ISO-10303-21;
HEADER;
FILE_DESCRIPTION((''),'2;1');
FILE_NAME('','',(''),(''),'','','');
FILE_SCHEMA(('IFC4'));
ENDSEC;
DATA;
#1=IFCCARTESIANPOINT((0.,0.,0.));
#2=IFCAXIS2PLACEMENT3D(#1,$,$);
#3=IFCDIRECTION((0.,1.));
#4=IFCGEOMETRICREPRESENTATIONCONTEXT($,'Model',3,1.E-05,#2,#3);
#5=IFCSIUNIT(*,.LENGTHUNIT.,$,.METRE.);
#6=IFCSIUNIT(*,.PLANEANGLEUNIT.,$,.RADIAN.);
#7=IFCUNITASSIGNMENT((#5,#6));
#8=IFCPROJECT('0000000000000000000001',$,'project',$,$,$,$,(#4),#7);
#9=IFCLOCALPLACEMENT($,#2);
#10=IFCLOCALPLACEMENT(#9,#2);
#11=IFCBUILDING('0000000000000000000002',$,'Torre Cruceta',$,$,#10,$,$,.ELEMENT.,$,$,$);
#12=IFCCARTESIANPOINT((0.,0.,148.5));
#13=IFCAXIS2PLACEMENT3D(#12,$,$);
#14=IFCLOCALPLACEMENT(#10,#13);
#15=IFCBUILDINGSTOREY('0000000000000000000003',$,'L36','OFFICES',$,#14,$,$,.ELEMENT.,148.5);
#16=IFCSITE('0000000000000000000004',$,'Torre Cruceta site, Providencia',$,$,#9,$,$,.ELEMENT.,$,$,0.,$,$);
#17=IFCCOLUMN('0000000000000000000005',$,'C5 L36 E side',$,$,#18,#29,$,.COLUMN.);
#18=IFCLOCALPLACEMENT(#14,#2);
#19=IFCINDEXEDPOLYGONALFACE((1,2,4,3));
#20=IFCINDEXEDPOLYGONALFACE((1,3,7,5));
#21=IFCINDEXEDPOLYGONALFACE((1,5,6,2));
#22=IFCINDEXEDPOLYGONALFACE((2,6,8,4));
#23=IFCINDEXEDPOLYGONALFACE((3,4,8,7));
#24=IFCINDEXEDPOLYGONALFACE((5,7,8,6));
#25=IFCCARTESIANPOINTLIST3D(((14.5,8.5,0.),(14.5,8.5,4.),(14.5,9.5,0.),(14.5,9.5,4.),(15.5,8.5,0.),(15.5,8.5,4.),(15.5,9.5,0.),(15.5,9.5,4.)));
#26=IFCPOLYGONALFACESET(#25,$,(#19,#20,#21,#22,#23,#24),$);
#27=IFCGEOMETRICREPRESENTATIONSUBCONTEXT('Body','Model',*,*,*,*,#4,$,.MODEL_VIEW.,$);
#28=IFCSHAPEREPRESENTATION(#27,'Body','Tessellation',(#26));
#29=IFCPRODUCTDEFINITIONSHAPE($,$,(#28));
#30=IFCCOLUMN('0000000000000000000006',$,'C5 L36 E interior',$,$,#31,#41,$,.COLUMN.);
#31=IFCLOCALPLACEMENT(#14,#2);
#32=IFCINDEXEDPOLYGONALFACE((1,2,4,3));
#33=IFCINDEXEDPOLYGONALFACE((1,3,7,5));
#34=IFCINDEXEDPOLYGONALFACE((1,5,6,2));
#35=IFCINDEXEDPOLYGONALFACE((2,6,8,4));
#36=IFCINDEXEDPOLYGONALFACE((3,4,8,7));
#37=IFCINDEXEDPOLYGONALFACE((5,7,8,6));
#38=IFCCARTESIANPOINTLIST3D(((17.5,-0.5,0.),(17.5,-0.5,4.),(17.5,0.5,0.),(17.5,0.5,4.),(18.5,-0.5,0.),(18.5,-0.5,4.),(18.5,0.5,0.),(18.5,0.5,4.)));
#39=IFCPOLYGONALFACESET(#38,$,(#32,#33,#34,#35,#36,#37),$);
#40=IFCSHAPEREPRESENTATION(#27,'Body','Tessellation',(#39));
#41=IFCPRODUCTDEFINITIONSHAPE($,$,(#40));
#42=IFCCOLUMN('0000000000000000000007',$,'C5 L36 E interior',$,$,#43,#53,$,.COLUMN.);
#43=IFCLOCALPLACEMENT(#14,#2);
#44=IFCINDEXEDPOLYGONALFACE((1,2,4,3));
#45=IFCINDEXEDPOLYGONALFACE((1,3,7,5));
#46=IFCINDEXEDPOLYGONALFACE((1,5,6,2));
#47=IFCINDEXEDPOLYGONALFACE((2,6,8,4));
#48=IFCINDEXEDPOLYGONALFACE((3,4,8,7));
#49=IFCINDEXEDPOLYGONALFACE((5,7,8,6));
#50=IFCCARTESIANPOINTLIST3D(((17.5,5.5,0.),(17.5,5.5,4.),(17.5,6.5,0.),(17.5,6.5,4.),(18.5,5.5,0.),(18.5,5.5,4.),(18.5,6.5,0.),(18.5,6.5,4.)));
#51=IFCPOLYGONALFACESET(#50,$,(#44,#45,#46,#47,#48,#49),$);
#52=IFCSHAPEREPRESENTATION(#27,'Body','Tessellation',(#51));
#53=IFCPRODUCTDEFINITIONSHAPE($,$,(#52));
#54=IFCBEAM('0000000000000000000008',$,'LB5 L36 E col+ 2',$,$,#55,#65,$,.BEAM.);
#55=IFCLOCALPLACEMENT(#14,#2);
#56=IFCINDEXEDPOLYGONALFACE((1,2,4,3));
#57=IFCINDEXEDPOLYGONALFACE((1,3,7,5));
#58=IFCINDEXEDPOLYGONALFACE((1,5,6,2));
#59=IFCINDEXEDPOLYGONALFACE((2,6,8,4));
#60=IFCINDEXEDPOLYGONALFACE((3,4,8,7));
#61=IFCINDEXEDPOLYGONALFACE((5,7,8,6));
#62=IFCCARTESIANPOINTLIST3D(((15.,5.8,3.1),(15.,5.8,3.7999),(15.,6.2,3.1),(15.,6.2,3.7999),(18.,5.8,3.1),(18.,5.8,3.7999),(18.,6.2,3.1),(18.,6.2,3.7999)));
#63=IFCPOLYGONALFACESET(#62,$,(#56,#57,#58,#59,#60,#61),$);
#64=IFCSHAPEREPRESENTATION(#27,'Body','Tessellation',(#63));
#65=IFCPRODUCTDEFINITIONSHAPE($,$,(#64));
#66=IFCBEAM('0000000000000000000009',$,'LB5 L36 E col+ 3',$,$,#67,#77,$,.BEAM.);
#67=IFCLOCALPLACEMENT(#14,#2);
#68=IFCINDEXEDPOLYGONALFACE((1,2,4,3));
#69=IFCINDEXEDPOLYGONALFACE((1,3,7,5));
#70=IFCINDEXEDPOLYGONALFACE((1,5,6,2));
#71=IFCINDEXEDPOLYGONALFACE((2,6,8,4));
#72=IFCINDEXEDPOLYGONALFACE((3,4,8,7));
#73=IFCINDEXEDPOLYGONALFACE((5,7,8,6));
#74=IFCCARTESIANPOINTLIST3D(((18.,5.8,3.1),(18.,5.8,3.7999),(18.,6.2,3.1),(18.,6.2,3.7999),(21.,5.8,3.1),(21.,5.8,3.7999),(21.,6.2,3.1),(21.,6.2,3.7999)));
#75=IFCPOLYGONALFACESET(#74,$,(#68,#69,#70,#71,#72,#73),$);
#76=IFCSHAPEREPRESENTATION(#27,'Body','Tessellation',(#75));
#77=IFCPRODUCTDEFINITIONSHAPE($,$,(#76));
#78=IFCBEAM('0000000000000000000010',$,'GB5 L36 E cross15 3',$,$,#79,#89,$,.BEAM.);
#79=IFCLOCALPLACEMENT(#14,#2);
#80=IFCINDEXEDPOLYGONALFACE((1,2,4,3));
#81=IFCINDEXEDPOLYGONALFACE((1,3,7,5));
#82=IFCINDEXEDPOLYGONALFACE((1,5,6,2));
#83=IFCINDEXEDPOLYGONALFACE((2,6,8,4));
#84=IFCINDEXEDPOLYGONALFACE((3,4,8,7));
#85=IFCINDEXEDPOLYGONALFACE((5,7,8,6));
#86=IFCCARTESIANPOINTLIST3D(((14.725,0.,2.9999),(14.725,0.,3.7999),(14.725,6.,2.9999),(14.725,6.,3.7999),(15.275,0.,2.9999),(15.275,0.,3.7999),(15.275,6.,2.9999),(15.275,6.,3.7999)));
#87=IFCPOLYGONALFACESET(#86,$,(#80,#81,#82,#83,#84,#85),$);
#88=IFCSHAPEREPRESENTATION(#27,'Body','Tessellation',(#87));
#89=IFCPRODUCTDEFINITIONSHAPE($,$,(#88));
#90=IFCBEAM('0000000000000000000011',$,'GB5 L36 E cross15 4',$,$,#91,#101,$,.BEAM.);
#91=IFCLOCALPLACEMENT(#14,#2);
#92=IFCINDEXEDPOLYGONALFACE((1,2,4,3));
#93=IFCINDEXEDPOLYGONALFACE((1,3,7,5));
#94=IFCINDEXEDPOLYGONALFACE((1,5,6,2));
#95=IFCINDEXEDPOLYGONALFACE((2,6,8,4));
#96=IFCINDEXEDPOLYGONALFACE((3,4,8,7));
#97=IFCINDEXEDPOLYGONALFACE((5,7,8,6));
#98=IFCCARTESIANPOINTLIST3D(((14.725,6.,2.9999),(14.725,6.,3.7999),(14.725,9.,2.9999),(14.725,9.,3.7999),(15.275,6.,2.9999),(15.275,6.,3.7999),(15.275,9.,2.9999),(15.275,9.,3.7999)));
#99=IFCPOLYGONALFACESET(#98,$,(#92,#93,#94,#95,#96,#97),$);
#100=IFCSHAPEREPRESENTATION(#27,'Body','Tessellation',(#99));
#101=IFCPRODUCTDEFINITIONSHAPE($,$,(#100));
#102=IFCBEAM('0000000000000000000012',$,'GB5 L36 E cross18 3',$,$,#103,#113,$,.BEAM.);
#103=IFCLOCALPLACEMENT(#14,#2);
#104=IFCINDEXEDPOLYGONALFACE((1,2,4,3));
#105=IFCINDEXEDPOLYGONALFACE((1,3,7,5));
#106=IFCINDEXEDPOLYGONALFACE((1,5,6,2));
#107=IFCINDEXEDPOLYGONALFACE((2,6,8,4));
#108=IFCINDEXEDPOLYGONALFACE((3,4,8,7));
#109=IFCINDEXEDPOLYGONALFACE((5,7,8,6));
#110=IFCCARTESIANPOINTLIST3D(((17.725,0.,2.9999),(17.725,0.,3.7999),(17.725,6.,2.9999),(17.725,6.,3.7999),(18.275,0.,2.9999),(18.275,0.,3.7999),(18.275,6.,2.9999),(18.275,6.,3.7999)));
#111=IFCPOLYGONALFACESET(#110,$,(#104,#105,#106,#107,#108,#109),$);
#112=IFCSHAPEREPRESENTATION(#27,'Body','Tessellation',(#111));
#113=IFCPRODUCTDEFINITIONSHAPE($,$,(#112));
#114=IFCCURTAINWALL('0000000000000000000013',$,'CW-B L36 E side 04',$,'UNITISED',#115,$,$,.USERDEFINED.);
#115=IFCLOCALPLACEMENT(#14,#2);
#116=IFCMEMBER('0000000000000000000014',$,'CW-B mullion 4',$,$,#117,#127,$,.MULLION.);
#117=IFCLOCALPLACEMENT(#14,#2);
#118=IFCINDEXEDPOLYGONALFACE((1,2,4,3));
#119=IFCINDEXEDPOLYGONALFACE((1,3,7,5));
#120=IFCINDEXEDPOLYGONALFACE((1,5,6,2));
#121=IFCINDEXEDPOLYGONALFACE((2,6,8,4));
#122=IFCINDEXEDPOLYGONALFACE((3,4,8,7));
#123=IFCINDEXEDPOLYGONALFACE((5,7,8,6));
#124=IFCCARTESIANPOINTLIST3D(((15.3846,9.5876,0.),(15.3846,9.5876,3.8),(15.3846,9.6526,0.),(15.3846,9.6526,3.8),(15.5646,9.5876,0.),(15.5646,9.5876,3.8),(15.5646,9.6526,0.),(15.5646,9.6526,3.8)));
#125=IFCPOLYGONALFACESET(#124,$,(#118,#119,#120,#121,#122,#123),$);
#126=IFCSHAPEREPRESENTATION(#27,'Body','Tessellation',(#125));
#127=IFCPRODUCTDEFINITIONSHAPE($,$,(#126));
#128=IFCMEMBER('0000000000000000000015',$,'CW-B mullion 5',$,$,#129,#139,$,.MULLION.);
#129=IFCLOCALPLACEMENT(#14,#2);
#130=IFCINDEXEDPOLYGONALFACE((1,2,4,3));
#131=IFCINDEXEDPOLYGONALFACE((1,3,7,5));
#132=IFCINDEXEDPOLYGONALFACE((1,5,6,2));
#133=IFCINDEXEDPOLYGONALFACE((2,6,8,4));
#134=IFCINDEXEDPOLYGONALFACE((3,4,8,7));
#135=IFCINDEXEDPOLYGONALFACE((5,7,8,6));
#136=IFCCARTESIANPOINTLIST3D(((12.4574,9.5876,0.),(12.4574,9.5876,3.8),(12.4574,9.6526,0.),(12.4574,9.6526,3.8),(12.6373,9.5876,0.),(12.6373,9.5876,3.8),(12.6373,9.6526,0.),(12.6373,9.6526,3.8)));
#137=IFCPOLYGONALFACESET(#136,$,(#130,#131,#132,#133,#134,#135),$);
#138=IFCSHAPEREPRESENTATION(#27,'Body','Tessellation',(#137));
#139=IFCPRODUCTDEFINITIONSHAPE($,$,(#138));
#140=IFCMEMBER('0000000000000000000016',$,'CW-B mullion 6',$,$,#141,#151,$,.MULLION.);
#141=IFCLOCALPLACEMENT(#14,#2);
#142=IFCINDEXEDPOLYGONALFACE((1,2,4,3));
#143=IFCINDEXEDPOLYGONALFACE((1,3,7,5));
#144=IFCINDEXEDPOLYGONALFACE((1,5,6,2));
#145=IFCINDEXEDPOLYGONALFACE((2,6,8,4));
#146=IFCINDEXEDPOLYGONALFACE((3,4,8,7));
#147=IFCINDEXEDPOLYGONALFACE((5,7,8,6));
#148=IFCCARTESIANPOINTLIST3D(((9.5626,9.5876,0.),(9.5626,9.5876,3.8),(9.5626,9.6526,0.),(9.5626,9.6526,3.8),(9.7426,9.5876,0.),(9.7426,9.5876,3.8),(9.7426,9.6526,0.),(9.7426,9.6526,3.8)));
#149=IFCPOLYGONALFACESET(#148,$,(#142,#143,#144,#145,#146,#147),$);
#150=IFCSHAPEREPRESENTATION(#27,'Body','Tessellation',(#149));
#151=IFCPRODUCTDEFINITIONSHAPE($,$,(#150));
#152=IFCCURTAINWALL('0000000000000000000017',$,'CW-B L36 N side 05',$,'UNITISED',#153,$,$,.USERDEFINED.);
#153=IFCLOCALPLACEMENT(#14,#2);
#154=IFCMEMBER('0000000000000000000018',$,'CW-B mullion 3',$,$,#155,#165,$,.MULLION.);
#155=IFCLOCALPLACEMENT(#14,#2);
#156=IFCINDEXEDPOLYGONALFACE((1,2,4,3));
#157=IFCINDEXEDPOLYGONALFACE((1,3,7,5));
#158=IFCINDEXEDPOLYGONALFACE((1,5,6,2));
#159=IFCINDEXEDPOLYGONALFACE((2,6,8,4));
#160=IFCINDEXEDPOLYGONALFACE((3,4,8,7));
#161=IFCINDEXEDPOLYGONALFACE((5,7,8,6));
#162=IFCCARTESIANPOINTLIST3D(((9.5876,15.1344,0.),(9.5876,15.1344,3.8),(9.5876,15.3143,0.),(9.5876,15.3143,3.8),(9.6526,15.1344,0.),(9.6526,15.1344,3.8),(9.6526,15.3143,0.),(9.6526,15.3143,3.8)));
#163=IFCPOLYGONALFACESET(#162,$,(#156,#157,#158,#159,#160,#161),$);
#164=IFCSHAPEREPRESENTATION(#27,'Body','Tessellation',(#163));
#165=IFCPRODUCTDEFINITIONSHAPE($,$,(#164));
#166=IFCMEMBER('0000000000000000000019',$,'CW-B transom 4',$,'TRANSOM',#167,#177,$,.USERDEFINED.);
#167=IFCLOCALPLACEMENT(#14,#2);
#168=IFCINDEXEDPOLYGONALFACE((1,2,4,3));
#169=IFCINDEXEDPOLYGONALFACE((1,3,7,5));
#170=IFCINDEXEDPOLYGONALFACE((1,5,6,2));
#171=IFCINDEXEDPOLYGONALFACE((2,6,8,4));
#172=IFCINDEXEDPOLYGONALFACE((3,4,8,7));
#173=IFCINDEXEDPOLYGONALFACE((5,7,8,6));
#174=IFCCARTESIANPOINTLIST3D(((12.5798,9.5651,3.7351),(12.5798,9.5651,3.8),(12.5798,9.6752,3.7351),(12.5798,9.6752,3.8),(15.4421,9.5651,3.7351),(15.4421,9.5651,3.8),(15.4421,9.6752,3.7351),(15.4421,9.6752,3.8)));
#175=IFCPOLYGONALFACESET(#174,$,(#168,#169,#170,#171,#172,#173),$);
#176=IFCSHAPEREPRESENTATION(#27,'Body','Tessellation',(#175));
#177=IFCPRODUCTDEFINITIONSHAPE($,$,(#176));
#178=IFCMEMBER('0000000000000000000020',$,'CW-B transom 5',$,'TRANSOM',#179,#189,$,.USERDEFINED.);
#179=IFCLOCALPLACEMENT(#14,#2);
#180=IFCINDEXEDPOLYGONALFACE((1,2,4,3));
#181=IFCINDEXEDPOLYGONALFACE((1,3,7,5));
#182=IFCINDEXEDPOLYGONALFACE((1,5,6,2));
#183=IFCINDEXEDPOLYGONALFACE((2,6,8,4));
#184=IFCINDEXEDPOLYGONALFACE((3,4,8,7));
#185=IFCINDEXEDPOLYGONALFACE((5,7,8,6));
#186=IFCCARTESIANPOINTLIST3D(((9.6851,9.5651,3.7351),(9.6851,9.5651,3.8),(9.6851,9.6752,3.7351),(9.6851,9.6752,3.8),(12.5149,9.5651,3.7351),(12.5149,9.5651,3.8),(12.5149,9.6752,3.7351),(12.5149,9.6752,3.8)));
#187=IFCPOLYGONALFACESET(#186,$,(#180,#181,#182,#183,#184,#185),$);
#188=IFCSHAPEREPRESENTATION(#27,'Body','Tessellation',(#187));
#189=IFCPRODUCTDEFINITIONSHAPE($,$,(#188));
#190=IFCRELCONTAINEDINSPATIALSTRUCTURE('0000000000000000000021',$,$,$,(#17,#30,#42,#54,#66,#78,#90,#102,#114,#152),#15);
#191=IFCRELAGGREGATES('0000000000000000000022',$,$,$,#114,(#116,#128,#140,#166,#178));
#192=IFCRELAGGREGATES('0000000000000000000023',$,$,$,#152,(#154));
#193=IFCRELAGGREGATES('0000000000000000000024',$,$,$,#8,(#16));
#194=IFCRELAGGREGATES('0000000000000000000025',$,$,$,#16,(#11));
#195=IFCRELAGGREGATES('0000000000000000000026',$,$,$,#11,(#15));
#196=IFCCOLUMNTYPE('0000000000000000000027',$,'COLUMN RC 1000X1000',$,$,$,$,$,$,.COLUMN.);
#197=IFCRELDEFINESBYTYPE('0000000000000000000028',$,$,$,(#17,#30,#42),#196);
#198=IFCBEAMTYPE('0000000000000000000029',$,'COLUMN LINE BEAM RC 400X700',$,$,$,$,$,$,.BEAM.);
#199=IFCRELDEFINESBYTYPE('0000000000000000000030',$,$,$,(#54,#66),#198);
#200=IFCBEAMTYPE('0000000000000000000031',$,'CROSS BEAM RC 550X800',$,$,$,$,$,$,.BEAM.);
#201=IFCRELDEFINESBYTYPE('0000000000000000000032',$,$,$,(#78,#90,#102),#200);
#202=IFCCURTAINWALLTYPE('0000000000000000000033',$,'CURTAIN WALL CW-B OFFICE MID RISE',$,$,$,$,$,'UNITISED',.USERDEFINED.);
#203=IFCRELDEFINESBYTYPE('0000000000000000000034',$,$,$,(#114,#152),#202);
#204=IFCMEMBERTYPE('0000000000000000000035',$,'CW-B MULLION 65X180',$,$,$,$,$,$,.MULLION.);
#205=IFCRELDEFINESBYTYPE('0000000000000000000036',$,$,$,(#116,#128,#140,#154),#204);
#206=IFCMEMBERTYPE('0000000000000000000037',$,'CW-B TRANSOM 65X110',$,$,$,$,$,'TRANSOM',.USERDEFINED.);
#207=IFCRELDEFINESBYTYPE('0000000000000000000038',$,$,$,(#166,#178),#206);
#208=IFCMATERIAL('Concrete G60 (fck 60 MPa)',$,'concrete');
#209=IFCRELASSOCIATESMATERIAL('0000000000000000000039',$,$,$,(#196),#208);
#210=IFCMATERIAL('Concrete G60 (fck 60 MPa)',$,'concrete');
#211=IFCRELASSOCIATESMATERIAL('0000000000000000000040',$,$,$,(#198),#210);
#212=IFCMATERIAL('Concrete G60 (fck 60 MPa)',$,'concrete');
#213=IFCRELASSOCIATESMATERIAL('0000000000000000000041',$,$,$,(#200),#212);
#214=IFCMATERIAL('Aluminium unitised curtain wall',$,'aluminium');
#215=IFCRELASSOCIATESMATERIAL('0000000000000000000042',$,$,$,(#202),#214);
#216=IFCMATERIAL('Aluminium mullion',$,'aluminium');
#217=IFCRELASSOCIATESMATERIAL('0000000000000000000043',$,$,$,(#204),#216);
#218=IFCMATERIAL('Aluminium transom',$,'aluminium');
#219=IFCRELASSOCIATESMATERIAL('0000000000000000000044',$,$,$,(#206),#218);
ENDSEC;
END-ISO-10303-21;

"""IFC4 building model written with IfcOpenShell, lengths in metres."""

from ifc_helpers import new_model, si_unit, direction, frame, origin, origin_2d, place, context, subcontext, project, spatial, rectangle, extrude, material, material_profile, profile_set, type_object, element, aggregate, save


model = new_model("IFC4")

# Units and contexts
model_context = context("Model", 3, precision=1e-05, world=origin(), true_north=direction((0.0, 1.0)))
body_context = subcontext(model_context, "Body", "Model", "MODEL_VIEW")
ifc_project = project(units=[si_unit("LENGTHUNIT", "METRE"), si_unit("PLANEANGLEUNIT", "RADIAN")], contexts=[model_context])

# Site, building, storey
site_placement = place(None, origin())
site = spatial("IfcSite", under=ifc_project, at=site_placement, Name="Torre Cruceta site, Providencia", CompositionType="ELEMENT", RefElevation=0.0)
building_placement = place(site_placement, origin())
building = spatial("IfcBuilding", under=site, at=building_placement, Name="Torre Cruceta", CompositionType="ELEMENT")
storey_placement = place(building_placement, frame((0.0, 0.0, 148.5)))
storey = spatial("IfcBuildingStorey", under=building, at=storey_placement, Name="L36", Description="OFFICES", CompositionType="ELEMENT", Elevation=148.5)

# Columns
ifc_material_1 = material(Name="Concrete G60 (fck 60 MPa)", Category="concrete")
ifc_material_profile_1 = material_profile(ifc_material_1, rectangle(XDim=1.0, YDim=1.0, at=origin_2d()), Name="RC 1000X1000")
ifc_profile_set_1 = profile_set([ifc_material_profile_1], Name="Concrete G60 (fck 60 MPa)")
column_type = type_object("IfcColumnType", Name="COLUMN RC 1000X1000", PredefinedType="COLUMN", material=ifc_profile_set_1)
for number, where, z_axis, x_axis, name in (
    (1, (15.0, 9.0, 0.0), (0.0, 0.0, 1.0), (1.0, 0.0, 0.0), "C5 L36 E side"),
    (2, (18.0, 0.0, 0.0), (0.0, 0.0, 1.0), (1.0, 0.0, 0.0), "C5 L36 E interior"),
    (3, (18.0, 6.0, 0.0), (0.0, 0.0, 1.0), (1.0, 0.0, 0.0), "C5 L36 E interior"),
):
    element("IfcColumn", number, at=place(storey_placement, frame(where, z_axis=z_axis, x_axis=x_axis)), inside=storey, type_object=column_type, Name=name, PredefinedType="COLUMN", context=body_context, shape_type="SweptSolid", body=[
        extrude(rectangle(XDim=1.0, YDim=1.0, at=origin_2d()), origin(), (0.0, 0.0, 1.0), 4.0),
    ])

# Beams
ifc_material_2 = material(Name="Concrete G60 (fck 60 MPa)", Category="concrete")
ifc_material_profile_2 = material_profile(ifc_material_2, rectangle(XDim=0.3999, YDim=0.7, at=origin_2d()), Name="RC 400X700")
ifc_profile_set_2 = profile_set([ifc_material_profile_2], Name="Concrete G60 (fck 60 MPa)")
beam_type_1 = type_object("IfcBeamType", Name="COLUMN LINE BEAM RC 400X700", PredefinedType="BEAM", material=ifc_profile_set_2)
for number, where, z_axis, x_axis, name in (
    (4, (15.0, 6.0, 3.45), (1.0, 0.0, 0.0), (0.0, 1.0, 0.0), "LB5 L36 E col+ 2"),
    (5, (18.0, 6.0, 3.45), (1.0, 0.0, 0.0), (0.0, 1.0, 0.0), "LB5 L36 E col+ 3"),
):
    element("IfcBeam", number, at=place(storey_placement, frame(where, z_axis=z_axis, x_axis=x_axis)), inside=storey, type_object=beam_type_1, Name=name, PredefinedType="BEAM", context=body_context, shape_type="SweptSolid", body=[
        extrude(rectangle(XDim=0.3999, YDim=0.7, at=origin_2d()), origin(), (0.0, 0.0, 1.0), 3.0),
    ])
ifc_material_3 = material(Name="Concrete G60 (fck 60 MPa)", Category="concrete")
ifc_material_profile_3 = material_profile(ifc_material_3, rectangle(XDim=0.55, YDim=0.8, at=origin_2d()), Name="RC 550X800")
ifc_profile_set_3 = profile_set([ifc_material_profile_3], Name="Concrete G60 (fck 60 MPa)")
beam_type_2 = type_object("IfcBeamType", Name="CROSS BEAM RC 550X800", PredefinedType="BEAM", material=ifc_profile_set_3)
beam_1_placement = place(storey_placement, frame((15.0, 0.0, 3.3999), z_axis=(0.0, 1.0, 0.0), x_axis=(-1.0, 0.0, 0.0)))
element("IfcBeam", 6, at=beam_1_placement, inside=storey, type_object=beam_type_2, Name="GB5 L36 E cross15 3", PredefinedType="BEAM", context=body_context, shape_type="SweptSolid", body=[
    extrude(rectangle(XDim=0.55, YDim=0.8, at=origin_2d()), origin(), (0.0, 0.0, 1.0), 6.0),
])
beam_2_placement = place(storey_placement, frame((15.0, 6.0, 3.3999), z_axis=(0.0, 1.0, 0.0), x_axis=(-1.0, 0.0, 0.0)))
element("IfcBeam", 7, at=beam_2_placement, inside=storey, type_object=beam_type_2, Name="GB5 L36 E cross15 4", PredefinedType="BEAM", context=body_context, shape_type="SweptSolid", body=[
    extrude(rectangle(XDim=0.55, YDim=0.8, at=origin_2d()), origin(), (0.0, 0.0, 1.0), 3.0),
])
beam_3_placement = place(storey_placement, frame((18.0, 0.0, 3.3999), z_axis=(0.0, 1.0, 0.0), x_axis=(-1.0, 0.0, 0.0)))
element("IfcBeam", 8, at=beam_3_placement, inside=storey, type_object=beam_type_2, Name="GB5 L36 E cross18 3", PredefinedType="BEAM", context=body_context, shape_type="SweptSolid", body=[
    extrude(rectangle(XDim=0.55, YDim=0.8, at=origin_2d()), origin(), (0.0, 0.0, 1.0), 6.0),
])

# Curtain wall, members
ifc_material_4 = material(Name="Aluminium unitised curtain wall", Category="aluminium")
curtain_wall_type = type_object("IfcCurtainWallType", Name="CURTAIN WALL CW-B OFFICE MID RISE", ElementType="UNITISED", PredefinedType="USERDEFINED", material=ifc_material_4)
curtain_wall_1_placement = place(storey_placement, origin())
curtain_wall_1 = element("IfcCurtainWall", 9, at=curtain_wall_1_placement, inside=storey, type_object=curtain_wall_type, Name="CW-B L36 E side 04", ObjectType="UNITISED", PredefinedType="USERDEFINED")
ifc_material_5 = material(Name="Aluminium mullion", Category="aluminium")
ifc_material_profile_4 = material_profile(ifc_material_5, rectangle(XDim=0.0649, YDim=0.1799, at=origin_2d()), Name="AL 65X180")
ifc_profile_set_4 = profile_set([ifc_material_profile_4], Name="Aluminium mullion")
member_type_1 = type_object("IfcMemberType", Name="CW-B MULLION 65X180", PredefinedType="MULLION", material=ifc_profile_set_4)
member_1_placement = place(storey_placement, frame((15.4746, 9.6201, 0.0), z_axis=(0.0, 0.0, 1.0), x_axis=(0.0, -1.0, 0.0)))
member_1 = element("IfcMember", 10, at=member_1_placement, type_object=member_type_1, Name="CW-B mullion 4", PredefinedType="MULLION", context=body_context, shape_type="SweptSolid", body=[
    extrude(rectangle(XDim=0.0649, YDim=0.1799, at=origin_2d()), origin(), (0.0, 0.0, 1.0), 3.8),
])
member_2_placement = place(storey_placement, frame((12.5474, 9.6201, 0.0), z_axis=(0.0, 0.0, 1.0), x_axis=(0.0, -1.0, 0.0)))
member_2 = element("IfcMember", 11, at=member_2_placement, type_object=member_type_1, Name="CW-B mullion 5", PredefinedType="MULLION", context=body_context, shape_type="SweptSolid", body=[
    extrude(rectangle(XDim=0.0649, YDim=0.1799, at=origin_2d()), origin(), (0.0, 0.0, 1.0), 3.8),
])
member_3_placement = place(storey_placement, frame((9.6526, 9.6201, 0.0), z_axis=(0.0, 0.0, 1.0), x_axis=(0.0, -1.0, 0.0)))
member_3 = element("IfcMember", 12, at=member_3_placement, type_object=member_type_1, Name="CW-B mullion 6", PredefinedType="MULLION", context=body_context, shape_type="SweptSolid", body=[
    extrude(rectangle(XDim=0.0649, YDim=0.1799, at=origin_2d()), origin(), (0.0, 0.0, 1.0), 3.8),
])

# Curtain wall, member
curtain_wall_2_placement = place(storey_placement, origin())
curtain_wall_2 = element("IfcCurtainWall", 13, at=curtain_wall_2_placement, inside=storey, type_object=curtain_wall_type, Name="CW-B L36 N side 05", ObjectType="UNITISED", PredefinedType="USERDEFINED")
member_4_placement = place(storey_placement, frame((9.6201, 15.2244, 0.0), z_axis=(0.0, 0.0, 1.0), x_axis=(-1.0, 0.0, 0.0)))
member_4 = element("IfcMember", 14, at=member_4_placement, type_object=member_type_1, Name="CW-B mullion 3", PredefinedType="MULLION", context=body_context, shape_type="SweptSolid", body=[
    extrude(rectangle(XDim=0.0649, YDim=0.1799, at=origin_2d()), origin(), (0.0, 0.0, 1.0), 3.8),
])

# Members
ifc_material_6 = material(Name="Aluminium transom", Category="aluminium")
ifc_material_profile_5 = material_profile(ifc_material_6, rectangle(XDim=0.1101, YDim=0.0649, at=origin_2d()), Name="AL 110X65")
ifc_profile_set_5 = profile_set([ifc_material_profile_5], Name="Aluminium transom")
member_type_2 = type_object("IfcMemberType", Name="CW-B TRANSOM 65X110", ElementType="TRANSOM", PredefinedType="USERDEFINED", material=ifc_profile_set_5)
member_5_placement = place(storey_placement, frame((15.4421, 9.6201, 3.7676), z_axis=(-1.0, 0.0, 0.0), x_axis=(0.0, -1.0, 0.0)))
member_5 = element("IfcMember", 15, at=member_5_placement, type_object=member_type_2, Name="CW-B transom 4", ObjectType="TRANSOM", PredefinedType="USERDEFINED", context=body_context, shape_type="SweptSolid", body=[
    extrude(rectangle(XDim=0.1101, YDim=0.0649, at=origin_2d()), origin(), (0.0, 0.0, 1.0), 2.8623),
])
member_6_placement = place(storey_placement, frame((12.5149, 9.6201, 3.7676), z_axis=(-1.0, 0.0, 0.0), x_axis=(0.0, -1.0, 0.0)))
member_6 = element("IfcMember", 16, at=member_6_placement, type_object=member_type_2, Name="CW-B transom 5", ObjectType="TRANSOM", PredefinedType="USERDEFINED", context=body_context, shape_type="SweptSolid", body=[
    extrude(rectangle(XDim=0.1101, YDim=0.0649, at=origin_2d()), origin(), (0.0, 0.0, 1.0), 2.8298),
])

aggregate(curtain_wall_1, [member_1, member_2, member_3, member_5, member_6])
aggregate(curtain_wall_2, [member_4])

save(model, "model.ifc")
